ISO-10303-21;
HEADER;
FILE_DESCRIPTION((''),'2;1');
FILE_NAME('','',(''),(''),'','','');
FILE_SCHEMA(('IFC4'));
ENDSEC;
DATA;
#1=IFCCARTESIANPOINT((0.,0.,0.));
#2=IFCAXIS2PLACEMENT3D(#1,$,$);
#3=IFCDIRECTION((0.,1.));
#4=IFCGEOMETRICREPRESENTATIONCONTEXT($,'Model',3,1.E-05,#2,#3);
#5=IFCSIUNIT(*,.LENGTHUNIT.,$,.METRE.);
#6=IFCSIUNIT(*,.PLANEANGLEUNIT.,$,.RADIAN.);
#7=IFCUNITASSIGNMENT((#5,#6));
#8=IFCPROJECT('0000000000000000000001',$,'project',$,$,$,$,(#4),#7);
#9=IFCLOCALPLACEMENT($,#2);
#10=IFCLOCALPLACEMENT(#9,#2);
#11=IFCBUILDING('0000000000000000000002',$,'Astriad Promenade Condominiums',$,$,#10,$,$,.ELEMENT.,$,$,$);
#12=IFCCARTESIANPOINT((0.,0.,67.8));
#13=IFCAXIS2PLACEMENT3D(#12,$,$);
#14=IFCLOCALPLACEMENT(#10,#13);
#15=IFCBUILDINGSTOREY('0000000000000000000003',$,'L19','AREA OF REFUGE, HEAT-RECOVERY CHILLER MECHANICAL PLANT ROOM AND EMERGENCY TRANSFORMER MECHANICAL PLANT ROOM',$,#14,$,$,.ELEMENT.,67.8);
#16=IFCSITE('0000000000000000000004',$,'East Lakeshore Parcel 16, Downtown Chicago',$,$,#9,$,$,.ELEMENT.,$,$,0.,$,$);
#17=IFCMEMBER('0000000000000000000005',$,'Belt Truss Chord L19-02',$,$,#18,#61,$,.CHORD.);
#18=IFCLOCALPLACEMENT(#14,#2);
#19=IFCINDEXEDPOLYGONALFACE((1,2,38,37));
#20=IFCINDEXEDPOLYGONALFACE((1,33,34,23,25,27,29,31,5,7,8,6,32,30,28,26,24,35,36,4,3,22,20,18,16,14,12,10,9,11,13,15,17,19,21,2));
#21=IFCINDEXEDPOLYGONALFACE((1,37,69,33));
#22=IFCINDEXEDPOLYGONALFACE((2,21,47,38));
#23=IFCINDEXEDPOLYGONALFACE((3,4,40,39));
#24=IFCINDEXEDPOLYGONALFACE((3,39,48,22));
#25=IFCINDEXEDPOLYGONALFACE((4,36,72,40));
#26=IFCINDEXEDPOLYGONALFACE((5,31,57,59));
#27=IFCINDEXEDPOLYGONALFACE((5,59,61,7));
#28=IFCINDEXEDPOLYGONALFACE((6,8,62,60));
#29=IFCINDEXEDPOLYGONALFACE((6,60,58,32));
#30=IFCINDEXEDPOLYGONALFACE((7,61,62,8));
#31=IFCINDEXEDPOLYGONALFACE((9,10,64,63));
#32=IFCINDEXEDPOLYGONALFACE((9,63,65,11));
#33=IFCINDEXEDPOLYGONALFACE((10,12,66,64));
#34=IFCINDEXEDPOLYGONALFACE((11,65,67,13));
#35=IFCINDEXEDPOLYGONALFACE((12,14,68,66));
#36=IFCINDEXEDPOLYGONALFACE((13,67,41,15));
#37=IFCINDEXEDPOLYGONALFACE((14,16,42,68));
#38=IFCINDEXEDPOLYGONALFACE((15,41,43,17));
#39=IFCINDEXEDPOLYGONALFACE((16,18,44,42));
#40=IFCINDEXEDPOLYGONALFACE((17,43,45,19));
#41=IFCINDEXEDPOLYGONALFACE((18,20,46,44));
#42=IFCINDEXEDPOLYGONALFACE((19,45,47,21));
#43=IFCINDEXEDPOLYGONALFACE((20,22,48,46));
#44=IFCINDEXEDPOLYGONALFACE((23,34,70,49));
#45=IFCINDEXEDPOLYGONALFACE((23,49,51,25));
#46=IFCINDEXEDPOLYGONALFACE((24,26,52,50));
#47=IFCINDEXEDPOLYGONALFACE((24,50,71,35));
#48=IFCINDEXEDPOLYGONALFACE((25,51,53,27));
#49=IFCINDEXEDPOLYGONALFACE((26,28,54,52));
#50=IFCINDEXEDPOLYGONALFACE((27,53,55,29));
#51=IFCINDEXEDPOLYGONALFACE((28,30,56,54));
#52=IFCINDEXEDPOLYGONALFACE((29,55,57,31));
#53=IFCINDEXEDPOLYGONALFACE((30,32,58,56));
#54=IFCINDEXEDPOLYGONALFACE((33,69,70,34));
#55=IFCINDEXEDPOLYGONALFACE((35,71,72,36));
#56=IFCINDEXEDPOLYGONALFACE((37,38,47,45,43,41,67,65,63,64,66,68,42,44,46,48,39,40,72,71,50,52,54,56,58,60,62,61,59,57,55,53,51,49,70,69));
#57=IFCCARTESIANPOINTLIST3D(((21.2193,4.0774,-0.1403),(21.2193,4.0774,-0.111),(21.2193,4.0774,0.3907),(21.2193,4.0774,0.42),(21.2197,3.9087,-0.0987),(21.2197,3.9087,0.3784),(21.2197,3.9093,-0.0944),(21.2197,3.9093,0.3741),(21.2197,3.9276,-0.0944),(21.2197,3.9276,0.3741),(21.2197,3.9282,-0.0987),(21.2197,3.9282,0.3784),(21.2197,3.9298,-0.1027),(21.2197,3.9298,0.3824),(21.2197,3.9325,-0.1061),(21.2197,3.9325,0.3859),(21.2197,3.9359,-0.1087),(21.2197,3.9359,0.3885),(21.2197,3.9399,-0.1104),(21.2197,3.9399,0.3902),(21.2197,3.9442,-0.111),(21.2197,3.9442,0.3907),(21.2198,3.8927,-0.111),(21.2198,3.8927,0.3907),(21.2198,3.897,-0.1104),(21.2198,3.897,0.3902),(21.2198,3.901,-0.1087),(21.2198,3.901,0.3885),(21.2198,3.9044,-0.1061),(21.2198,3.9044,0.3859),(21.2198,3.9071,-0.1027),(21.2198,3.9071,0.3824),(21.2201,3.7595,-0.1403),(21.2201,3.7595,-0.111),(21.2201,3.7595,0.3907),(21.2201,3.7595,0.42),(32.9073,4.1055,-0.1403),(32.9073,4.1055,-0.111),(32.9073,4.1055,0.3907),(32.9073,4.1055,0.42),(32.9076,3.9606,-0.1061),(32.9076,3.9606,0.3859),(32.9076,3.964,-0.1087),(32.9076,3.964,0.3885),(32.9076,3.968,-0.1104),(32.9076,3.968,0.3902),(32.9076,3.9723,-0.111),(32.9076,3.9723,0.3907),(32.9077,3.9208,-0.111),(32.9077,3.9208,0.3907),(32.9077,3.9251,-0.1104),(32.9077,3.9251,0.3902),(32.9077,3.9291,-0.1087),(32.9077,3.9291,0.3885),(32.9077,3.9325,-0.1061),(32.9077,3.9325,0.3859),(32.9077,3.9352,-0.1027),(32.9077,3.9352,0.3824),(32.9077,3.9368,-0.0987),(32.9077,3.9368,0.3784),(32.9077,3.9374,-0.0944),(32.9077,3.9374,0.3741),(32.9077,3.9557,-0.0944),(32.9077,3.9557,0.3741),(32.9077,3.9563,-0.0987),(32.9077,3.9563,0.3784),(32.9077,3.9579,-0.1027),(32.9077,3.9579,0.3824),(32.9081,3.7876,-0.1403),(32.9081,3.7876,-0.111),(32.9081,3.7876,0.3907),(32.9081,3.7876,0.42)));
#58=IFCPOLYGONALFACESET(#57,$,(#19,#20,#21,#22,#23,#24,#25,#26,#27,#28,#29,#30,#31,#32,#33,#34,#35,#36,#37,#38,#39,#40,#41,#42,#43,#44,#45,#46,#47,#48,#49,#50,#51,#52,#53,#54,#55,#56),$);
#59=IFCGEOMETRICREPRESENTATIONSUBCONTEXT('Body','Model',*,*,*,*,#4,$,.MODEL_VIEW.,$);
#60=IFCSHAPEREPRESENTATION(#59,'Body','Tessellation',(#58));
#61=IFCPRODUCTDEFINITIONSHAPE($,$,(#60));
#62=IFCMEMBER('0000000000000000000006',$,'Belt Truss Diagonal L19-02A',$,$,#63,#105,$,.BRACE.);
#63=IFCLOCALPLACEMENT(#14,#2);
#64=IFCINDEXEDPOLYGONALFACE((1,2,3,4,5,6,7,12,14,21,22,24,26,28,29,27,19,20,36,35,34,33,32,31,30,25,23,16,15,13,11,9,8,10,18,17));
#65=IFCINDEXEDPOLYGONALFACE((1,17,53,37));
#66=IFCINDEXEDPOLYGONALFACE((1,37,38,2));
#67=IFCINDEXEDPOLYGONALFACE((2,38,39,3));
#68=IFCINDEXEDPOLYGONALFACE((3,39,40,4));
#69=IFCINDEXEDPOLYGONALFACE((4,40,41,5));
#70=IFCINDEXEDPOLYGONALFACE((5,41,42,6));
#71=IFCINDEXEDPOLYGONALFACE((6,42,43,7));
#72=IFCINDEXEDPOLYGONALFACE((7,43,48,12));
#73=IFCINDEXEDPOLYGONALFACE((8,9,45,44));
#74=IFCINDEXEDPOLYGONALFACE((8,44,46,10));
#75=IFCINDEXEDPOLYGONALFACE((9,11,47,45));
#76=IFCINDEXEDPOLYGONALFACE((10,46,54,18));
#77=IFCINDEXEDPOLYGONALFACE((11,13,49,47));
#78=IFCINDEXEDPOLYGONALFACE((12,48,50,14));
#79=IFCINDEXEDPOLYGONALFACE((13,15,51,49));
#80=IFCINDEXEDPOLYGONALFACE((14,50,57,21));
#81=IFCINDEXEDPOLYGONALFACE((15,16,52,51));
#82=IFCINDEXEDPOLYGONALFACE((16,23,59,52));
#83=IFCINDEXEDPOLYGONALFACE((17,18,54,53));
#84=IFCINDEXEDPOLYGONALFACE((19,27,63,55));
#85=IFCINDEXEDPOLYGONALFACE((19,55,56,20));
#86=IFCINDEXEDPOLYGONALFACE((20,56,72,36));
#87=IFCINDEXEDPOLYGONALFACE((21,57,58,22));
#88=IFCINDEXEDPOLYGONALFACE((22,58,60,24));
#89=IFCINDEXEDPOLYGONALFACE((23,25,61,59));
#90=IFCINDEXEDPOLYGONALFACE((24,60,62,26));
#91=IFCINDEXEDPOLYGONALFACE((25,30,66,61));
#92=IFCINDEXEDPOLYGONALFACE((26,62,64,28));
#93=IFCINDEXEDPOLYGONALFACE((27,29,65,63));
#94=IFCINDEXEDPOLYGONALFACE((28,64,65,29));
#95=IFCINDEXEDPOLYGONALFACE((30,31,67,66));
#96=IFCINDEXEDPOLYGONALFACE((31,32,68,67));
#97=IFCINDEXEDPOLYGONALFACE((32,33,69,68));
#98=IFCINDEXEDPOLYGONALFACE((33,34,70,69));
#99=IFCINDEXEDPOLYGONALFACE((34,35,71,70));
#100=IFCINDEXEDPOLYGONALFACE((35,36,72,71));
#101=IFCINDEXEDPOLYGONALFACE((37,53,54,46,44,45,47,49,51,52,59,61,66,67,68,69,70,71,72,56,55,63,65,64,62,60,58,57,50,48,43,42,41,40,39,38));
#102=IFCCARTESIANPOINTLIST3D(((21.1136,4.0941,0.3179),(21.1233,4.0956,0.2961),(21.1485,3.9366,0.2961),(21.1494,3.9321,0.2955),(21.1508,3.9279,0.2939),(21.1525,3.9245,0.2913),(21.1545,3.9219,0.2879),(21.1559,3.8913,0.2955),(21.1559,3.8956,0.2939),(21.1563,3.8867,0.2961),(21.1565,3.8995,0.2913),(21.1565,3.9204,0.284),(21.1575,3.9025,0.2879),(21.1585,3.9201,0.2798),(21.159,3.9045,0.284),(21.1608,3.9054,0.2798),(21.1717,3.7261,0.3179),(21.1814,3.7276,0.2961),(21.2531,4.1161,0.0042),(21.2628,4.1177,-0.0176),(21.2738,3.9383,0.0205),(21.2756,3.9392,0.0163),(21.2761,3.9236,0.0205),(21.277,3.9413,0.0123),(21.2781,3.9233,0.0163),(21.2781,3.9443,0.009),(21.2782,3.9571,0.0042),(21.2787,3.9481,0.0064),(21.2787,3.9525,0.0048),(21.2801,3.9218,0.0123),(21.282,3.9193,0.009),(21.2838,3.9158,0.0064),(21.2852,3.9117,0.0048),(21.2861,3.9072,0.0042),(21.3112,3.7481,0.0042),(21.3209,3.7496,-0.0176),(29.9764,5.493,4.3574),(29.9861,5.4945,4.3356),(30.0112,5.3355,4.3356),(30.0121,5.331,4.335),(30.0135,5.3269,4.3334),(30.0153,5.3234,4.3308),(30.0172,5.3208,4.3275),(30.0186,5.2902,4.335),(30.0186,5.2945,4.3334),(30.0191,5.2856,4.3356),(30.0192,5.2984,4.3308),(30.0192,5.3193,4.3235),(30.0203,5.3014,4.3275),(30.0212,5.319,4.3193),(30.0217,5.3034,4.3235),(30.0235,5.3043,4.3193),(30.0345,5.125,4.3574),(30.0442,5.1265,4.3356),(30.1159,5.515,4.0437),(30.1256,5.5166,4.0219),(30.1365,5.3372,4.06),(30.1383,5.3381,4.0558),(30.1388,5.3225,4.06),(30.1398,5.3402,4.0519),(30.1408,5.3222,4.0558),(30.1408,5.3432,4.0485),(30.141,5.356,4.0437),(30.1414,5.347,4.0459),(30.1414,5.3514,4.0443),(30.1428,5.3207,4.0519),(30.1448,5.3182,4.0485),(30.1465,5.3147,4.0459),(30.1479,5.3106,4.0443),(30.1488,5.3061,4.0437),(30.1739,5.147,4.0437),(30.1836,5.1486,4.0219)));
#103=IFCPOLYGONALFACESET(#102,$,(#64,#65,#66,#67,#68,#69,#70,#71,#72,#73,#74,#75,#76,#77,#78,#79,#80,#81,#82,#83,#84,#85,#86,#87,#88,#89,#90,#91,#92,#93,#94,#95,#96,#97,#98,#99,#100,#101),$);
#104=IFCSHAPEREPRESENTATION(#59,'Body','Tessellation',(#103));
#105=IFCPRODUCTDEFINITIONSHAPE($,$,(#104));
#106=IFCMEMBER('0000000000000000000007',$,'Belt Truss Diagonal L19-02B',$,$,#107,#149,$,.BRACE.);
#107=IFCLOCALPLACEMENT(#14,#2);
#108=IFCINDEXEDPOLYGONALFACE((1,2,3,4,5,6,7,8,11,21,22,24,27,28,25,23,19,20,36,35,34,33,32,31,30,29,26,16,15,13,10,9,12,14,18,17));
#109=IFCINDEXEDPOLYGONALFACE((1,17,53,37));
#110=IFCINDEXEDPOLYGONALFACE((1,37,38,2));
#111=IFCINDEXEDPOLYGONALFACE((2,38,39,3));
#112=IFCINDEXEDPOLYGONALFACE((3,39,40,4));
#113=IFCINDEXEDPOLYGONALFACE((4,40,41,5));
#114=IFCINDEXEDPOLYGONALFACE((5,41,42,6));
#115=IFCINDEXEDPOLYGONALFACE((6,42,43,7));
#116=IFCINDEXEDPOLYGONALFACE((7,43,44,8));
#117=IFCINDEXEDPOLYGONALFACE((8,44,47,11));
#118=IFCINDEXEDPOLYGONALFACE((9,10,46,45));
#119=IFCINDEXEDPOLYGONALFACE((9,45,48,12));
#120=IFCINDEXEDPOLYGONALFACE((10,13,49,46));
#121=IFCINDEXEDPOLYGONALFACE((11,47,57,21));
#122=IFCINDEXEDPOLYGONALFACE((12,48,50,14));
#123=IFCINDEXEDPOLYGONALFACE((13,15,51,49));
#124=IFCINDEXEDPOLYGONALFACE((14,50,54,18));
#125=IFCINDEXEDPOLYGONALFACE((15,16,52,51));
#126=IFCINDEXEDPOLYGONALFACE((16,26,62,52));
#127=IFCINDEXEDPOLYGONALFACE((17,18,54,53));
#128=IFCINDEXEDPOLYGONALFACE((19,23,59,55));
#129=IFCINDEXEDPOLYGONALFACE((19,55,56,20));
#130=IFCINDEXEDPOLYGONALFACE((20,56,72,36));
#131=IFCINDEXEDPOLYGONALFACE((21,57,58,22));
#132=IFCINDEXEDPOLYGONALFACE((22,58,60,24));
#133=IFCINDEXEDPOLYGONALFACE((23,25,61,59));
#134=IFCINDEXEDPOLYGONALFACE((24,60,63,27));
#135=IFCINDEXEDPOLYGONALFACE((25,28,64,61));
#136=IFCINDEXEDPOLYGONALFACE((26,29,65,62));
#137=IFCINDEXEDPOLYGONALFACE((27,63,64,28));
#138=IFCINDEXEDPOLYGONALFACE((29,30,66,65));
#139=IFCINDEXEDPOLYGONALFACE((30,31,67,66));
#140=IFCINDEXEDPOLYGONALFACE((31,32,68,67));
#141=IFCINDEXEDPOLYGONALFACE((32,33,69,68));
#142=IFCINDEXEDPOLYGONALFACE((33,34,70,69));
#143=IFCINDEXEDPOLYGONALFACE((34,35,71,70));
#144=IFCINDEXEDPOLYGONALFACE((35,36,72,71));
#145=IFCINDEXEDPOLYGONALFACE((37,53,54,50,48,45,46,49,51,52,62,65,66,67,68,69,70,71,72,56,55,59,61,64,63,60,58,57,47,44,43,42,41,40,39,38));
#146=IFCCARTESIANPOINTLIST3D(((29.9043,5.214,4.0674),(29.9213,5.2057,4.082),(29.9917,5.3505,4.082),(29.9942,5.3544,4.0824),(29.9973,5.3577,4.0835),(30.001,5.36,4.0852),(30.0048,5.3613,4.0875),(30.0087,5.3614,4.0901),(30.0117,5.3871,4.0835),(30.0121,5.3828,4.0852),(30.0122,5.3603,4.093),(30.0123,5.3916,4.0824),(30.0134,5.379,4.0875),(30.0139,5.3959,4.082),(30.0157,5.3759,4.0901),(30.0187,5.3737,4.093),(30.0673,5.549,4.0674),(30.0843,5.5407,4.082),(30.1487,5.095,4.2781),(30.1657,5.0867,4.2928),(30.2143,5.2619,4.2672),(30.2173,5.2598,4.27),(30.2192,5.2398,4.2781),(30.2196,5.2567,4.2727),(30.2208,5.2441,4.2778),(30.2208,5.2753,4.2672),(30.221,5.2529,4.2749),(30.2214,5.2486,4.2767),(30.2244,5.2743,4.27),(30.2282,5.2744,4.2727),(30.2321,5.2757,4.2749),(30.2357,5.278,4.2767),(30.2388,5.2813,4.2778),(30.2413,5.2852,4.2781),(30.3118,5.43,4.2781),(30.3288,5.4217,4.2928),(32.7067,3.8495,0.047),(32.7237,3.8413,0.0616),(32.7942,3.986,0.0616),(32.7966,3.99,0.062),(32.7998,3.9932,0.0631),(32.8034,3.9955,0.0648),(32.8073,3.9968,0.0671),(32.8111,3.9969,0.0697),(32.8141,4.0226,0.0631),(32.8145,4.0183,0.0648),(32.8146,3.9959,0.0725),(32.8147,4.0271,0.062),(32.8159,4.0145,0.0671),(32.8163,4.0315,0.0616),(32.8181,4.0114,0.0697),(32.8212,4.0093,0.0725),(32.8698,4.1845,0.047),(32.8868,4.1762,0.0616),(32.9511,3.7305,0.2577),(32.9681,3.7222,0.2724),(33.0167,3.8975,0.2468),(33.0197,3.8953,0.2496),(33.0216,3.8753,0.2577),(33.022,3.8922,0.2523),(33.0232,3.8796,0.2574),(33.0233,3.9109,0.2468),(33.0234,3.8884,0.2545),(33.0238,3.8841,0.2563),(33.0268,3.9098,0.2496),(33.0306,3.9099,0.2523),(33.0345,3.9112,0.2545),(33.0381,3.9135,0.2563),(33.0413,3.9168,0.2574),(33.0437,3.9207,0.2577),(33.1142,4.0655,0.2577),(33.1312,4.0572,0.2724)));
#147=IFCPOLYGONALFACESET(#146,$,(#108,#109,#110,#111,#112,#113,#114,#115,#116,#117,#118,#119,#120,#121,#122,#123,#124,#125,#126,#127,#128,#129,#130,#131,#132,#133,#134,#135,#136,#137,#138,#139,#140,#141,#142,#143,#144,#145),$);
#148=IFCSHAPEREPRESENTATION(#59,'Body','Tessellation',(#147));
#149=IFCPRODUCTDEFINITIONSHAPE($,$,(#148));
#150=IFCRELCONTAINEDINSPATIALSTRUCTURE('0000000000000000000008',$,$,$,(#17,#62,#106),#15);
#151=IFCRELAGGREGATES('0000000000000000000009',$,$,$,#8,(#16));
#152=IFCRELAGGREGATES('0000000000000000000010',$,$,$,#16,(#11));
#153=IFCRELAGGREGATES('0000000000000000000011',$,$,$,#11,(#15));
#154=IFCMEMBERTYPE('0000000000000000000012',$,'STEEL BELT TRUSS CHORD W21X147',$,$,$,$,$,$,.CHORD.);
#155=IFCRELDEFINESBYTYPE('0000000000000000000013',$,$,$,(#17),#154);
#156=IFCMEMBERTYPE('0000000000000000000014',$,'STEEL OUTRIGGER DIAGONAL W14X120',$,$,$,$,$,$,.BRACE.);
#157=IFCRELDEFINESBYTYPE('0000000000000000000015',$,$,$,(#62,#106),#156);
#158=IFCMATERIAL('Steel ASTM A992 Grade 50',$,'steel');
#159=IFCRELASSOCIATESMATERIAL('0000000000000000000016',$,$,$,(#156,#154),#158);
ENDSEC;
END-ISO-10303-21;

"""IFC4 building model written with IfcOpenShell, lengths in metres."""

from ifc_helpers import new_model, si_unit, direction, frame, origin, origin_2d, place, context, subcontext, project, spatial, i_section, extrude, source, transform, mapped, material, material_profile, profile_set, type_object, element, save


model = new_model("IFC4")

# Units and contexts
model_context = context("Model", 3, precision=1e-05, world=origin(), true_north=direction((0.0, 1.0)))
body_context = subcontext(model_context, "Body", "Model", "MODEL_VIEW")
ifc_project = project(units=[si_unit("LENGTHUNIT", "METRE"), si_unit("PLANEANGLEUNIT", "RADIAN")], contexts=[model_context])

# Site, building, storey
site_placement = place(None, origin())
site = spatial("IfcSite", under=ifc_project, at=site_placement, Name="East Lakeshore Parcel 16, Downtown Chicago", CompositionType="ELEMENT", RefElevation=0.0)
building_placement = place(site_placement, origin())
building = spatial("IfcBuilding", under=site, at=building_placement, Name="Astriad Promenade Condominiums", CompositionType="ELEMENT")
storey_placement = place(building_placement, frame((0.0, 0.0, 67.8)))
storey = spatial("IfcBuildingStorey", under=building, at=storey_placement, Name="L19", Description="AREA OF REFUGE, HEAT-RECOVERY CHILLER MECHANICAL PLANT ROOM AND EMERGENCY TRANSFORMER MECHANICAL PLANT ROOM", CompositionType="ELEMENT", Elevation=67.8)

# Shared definitions
ifc_material_1 = material(Name="Steel ASTM A992 Grade 50", Category="steel")

# Members
ifc_material_profile_1 = material_profile(ifc_material_1, i_section(OverallWidth=0.3726, OverallDepth=0.3679, WebThickness=0.0149, FlangeThickness=0.0239, FilletRadius=0.0178, at=origin_2d()), Name="W14X120")
ifc_profile_set_1 = profile_set([ifc_material_profile_1], Name="Steel ASTM A992 Grade 50")
member_type_1 = type_object("IfcMemberType", Name="STEEL OUTRIGGER DIAGONAL W14X120", PredefinedType="BRACE", material=ifc_profile_set_1)
ifc_material_profile_2 = material_profile(ifc_material_1, i_section(OverallWidth=0.3179, OverallDepth=0.5603, WebThickness=0.0183, FlangeThickness=0.0293, FilletRadius=0.0166, at=origin_2d()), Name="W21X147")
ifc_profile_set_2 = profile_set([ifc_material_profile_2], Name="Steel ASTM A992 Grade 50")
member_type_2 = type_object("IfcMemberType", Name="STEEL BELT TRUSS CHORD W21X147", PredefinedType="CHORD", material=ifc_profile_set_2)
shared_shape_1 = source(origin(), body_context, "Body", "SweptSolid", [
    extrude(i_section(OverallWidth=0.3179, OverallDepth=0.5603, WebThickness=0.0183, FlangeThickness=0.0293, FilletRadius=0.0166, at=origin_2d()), origin(), (0.0, 0.0, 1.0), 11.688),
])
member_1_placement = place(storey_placement, frame((21.2197, 3.9185, 0.1399), z_axis=(0.999997, 0.002402, 0.0), x_axis=(-0.002402, 0.999997, 0.0)))
element("IfcMember", 1, at=member_1_placement, inside=storey, type_object=member_type_2, Name="Belt Truss Chord L19-02", PredefinedType="CHORD", context=body_context, shape_type="MappedRepresentation", body=[
    mapped(shared_shape_1, transform((0.0, 0.0, 0.0), scale=1.0)),
])
shared_shape_2 = source(origin(), body_context, "Body", "SweptSolid", [
    extrude(i_section(OverallWidth=0.3726, OverallDepth=0.3679, WebThickness=0.0149, FlangeThickness=0.0239, FilletRadius=0.0178, at=origin_2d()), origin(), (0.0, 0.0, 1.0), 9.8398),
])
member_2_placement = place(storey_placement, frame((21.2173, 3.9219, 0.1501), z_axis=(0.900697, 0.142168, 0.410527), x_axis=(-0.155912, 0.987771, 0.0)))
element("IfcMember", 2, at=member_2_placement, inside=storey, type_object=member_type_1, Name="Belt Truss Diagonal L19-02A", PredefinedType="BRACE", context=body_context, shape_type="MappedRepresentation", body=[
    mapped(shared_shape_2, transform((0.0, 0.0, 0.0), scale=1.0)),
])
shared_shape_3 = source(origin(), body_context, "Body", "SweptSolid", [
    extrude(i_section(OverallWidth=0.3726, OverallDepth=0.3679, WebThickness=0.0149, FlangeThickness=0.0239, FilletRadius=0.0178, at=origin_2d()), origin(), (0.0, 0.0, 1.0), 5.0872),
])
member_3_placement = place(storey_placement, frame((32.9189, 3.9534, 0.1597), z_axis=(-0.550883, 0.268219, 0.790308), x_axis=(-0.437758, -0.899093, 0.0)))
element("IfcMember", 3, at=member_3_placement, inside=storey, type_object=member_type_1, Name="Belt Truss Diagonal L19-02B", PredefinedType="BRACE", context=body_context, shape_type="MappedRepresentation", body=[
    mapped(shared_shape_3, transform((0.0, 0.0, 0.0), scale=1.0)),
])

save(model, "model.ifc")
